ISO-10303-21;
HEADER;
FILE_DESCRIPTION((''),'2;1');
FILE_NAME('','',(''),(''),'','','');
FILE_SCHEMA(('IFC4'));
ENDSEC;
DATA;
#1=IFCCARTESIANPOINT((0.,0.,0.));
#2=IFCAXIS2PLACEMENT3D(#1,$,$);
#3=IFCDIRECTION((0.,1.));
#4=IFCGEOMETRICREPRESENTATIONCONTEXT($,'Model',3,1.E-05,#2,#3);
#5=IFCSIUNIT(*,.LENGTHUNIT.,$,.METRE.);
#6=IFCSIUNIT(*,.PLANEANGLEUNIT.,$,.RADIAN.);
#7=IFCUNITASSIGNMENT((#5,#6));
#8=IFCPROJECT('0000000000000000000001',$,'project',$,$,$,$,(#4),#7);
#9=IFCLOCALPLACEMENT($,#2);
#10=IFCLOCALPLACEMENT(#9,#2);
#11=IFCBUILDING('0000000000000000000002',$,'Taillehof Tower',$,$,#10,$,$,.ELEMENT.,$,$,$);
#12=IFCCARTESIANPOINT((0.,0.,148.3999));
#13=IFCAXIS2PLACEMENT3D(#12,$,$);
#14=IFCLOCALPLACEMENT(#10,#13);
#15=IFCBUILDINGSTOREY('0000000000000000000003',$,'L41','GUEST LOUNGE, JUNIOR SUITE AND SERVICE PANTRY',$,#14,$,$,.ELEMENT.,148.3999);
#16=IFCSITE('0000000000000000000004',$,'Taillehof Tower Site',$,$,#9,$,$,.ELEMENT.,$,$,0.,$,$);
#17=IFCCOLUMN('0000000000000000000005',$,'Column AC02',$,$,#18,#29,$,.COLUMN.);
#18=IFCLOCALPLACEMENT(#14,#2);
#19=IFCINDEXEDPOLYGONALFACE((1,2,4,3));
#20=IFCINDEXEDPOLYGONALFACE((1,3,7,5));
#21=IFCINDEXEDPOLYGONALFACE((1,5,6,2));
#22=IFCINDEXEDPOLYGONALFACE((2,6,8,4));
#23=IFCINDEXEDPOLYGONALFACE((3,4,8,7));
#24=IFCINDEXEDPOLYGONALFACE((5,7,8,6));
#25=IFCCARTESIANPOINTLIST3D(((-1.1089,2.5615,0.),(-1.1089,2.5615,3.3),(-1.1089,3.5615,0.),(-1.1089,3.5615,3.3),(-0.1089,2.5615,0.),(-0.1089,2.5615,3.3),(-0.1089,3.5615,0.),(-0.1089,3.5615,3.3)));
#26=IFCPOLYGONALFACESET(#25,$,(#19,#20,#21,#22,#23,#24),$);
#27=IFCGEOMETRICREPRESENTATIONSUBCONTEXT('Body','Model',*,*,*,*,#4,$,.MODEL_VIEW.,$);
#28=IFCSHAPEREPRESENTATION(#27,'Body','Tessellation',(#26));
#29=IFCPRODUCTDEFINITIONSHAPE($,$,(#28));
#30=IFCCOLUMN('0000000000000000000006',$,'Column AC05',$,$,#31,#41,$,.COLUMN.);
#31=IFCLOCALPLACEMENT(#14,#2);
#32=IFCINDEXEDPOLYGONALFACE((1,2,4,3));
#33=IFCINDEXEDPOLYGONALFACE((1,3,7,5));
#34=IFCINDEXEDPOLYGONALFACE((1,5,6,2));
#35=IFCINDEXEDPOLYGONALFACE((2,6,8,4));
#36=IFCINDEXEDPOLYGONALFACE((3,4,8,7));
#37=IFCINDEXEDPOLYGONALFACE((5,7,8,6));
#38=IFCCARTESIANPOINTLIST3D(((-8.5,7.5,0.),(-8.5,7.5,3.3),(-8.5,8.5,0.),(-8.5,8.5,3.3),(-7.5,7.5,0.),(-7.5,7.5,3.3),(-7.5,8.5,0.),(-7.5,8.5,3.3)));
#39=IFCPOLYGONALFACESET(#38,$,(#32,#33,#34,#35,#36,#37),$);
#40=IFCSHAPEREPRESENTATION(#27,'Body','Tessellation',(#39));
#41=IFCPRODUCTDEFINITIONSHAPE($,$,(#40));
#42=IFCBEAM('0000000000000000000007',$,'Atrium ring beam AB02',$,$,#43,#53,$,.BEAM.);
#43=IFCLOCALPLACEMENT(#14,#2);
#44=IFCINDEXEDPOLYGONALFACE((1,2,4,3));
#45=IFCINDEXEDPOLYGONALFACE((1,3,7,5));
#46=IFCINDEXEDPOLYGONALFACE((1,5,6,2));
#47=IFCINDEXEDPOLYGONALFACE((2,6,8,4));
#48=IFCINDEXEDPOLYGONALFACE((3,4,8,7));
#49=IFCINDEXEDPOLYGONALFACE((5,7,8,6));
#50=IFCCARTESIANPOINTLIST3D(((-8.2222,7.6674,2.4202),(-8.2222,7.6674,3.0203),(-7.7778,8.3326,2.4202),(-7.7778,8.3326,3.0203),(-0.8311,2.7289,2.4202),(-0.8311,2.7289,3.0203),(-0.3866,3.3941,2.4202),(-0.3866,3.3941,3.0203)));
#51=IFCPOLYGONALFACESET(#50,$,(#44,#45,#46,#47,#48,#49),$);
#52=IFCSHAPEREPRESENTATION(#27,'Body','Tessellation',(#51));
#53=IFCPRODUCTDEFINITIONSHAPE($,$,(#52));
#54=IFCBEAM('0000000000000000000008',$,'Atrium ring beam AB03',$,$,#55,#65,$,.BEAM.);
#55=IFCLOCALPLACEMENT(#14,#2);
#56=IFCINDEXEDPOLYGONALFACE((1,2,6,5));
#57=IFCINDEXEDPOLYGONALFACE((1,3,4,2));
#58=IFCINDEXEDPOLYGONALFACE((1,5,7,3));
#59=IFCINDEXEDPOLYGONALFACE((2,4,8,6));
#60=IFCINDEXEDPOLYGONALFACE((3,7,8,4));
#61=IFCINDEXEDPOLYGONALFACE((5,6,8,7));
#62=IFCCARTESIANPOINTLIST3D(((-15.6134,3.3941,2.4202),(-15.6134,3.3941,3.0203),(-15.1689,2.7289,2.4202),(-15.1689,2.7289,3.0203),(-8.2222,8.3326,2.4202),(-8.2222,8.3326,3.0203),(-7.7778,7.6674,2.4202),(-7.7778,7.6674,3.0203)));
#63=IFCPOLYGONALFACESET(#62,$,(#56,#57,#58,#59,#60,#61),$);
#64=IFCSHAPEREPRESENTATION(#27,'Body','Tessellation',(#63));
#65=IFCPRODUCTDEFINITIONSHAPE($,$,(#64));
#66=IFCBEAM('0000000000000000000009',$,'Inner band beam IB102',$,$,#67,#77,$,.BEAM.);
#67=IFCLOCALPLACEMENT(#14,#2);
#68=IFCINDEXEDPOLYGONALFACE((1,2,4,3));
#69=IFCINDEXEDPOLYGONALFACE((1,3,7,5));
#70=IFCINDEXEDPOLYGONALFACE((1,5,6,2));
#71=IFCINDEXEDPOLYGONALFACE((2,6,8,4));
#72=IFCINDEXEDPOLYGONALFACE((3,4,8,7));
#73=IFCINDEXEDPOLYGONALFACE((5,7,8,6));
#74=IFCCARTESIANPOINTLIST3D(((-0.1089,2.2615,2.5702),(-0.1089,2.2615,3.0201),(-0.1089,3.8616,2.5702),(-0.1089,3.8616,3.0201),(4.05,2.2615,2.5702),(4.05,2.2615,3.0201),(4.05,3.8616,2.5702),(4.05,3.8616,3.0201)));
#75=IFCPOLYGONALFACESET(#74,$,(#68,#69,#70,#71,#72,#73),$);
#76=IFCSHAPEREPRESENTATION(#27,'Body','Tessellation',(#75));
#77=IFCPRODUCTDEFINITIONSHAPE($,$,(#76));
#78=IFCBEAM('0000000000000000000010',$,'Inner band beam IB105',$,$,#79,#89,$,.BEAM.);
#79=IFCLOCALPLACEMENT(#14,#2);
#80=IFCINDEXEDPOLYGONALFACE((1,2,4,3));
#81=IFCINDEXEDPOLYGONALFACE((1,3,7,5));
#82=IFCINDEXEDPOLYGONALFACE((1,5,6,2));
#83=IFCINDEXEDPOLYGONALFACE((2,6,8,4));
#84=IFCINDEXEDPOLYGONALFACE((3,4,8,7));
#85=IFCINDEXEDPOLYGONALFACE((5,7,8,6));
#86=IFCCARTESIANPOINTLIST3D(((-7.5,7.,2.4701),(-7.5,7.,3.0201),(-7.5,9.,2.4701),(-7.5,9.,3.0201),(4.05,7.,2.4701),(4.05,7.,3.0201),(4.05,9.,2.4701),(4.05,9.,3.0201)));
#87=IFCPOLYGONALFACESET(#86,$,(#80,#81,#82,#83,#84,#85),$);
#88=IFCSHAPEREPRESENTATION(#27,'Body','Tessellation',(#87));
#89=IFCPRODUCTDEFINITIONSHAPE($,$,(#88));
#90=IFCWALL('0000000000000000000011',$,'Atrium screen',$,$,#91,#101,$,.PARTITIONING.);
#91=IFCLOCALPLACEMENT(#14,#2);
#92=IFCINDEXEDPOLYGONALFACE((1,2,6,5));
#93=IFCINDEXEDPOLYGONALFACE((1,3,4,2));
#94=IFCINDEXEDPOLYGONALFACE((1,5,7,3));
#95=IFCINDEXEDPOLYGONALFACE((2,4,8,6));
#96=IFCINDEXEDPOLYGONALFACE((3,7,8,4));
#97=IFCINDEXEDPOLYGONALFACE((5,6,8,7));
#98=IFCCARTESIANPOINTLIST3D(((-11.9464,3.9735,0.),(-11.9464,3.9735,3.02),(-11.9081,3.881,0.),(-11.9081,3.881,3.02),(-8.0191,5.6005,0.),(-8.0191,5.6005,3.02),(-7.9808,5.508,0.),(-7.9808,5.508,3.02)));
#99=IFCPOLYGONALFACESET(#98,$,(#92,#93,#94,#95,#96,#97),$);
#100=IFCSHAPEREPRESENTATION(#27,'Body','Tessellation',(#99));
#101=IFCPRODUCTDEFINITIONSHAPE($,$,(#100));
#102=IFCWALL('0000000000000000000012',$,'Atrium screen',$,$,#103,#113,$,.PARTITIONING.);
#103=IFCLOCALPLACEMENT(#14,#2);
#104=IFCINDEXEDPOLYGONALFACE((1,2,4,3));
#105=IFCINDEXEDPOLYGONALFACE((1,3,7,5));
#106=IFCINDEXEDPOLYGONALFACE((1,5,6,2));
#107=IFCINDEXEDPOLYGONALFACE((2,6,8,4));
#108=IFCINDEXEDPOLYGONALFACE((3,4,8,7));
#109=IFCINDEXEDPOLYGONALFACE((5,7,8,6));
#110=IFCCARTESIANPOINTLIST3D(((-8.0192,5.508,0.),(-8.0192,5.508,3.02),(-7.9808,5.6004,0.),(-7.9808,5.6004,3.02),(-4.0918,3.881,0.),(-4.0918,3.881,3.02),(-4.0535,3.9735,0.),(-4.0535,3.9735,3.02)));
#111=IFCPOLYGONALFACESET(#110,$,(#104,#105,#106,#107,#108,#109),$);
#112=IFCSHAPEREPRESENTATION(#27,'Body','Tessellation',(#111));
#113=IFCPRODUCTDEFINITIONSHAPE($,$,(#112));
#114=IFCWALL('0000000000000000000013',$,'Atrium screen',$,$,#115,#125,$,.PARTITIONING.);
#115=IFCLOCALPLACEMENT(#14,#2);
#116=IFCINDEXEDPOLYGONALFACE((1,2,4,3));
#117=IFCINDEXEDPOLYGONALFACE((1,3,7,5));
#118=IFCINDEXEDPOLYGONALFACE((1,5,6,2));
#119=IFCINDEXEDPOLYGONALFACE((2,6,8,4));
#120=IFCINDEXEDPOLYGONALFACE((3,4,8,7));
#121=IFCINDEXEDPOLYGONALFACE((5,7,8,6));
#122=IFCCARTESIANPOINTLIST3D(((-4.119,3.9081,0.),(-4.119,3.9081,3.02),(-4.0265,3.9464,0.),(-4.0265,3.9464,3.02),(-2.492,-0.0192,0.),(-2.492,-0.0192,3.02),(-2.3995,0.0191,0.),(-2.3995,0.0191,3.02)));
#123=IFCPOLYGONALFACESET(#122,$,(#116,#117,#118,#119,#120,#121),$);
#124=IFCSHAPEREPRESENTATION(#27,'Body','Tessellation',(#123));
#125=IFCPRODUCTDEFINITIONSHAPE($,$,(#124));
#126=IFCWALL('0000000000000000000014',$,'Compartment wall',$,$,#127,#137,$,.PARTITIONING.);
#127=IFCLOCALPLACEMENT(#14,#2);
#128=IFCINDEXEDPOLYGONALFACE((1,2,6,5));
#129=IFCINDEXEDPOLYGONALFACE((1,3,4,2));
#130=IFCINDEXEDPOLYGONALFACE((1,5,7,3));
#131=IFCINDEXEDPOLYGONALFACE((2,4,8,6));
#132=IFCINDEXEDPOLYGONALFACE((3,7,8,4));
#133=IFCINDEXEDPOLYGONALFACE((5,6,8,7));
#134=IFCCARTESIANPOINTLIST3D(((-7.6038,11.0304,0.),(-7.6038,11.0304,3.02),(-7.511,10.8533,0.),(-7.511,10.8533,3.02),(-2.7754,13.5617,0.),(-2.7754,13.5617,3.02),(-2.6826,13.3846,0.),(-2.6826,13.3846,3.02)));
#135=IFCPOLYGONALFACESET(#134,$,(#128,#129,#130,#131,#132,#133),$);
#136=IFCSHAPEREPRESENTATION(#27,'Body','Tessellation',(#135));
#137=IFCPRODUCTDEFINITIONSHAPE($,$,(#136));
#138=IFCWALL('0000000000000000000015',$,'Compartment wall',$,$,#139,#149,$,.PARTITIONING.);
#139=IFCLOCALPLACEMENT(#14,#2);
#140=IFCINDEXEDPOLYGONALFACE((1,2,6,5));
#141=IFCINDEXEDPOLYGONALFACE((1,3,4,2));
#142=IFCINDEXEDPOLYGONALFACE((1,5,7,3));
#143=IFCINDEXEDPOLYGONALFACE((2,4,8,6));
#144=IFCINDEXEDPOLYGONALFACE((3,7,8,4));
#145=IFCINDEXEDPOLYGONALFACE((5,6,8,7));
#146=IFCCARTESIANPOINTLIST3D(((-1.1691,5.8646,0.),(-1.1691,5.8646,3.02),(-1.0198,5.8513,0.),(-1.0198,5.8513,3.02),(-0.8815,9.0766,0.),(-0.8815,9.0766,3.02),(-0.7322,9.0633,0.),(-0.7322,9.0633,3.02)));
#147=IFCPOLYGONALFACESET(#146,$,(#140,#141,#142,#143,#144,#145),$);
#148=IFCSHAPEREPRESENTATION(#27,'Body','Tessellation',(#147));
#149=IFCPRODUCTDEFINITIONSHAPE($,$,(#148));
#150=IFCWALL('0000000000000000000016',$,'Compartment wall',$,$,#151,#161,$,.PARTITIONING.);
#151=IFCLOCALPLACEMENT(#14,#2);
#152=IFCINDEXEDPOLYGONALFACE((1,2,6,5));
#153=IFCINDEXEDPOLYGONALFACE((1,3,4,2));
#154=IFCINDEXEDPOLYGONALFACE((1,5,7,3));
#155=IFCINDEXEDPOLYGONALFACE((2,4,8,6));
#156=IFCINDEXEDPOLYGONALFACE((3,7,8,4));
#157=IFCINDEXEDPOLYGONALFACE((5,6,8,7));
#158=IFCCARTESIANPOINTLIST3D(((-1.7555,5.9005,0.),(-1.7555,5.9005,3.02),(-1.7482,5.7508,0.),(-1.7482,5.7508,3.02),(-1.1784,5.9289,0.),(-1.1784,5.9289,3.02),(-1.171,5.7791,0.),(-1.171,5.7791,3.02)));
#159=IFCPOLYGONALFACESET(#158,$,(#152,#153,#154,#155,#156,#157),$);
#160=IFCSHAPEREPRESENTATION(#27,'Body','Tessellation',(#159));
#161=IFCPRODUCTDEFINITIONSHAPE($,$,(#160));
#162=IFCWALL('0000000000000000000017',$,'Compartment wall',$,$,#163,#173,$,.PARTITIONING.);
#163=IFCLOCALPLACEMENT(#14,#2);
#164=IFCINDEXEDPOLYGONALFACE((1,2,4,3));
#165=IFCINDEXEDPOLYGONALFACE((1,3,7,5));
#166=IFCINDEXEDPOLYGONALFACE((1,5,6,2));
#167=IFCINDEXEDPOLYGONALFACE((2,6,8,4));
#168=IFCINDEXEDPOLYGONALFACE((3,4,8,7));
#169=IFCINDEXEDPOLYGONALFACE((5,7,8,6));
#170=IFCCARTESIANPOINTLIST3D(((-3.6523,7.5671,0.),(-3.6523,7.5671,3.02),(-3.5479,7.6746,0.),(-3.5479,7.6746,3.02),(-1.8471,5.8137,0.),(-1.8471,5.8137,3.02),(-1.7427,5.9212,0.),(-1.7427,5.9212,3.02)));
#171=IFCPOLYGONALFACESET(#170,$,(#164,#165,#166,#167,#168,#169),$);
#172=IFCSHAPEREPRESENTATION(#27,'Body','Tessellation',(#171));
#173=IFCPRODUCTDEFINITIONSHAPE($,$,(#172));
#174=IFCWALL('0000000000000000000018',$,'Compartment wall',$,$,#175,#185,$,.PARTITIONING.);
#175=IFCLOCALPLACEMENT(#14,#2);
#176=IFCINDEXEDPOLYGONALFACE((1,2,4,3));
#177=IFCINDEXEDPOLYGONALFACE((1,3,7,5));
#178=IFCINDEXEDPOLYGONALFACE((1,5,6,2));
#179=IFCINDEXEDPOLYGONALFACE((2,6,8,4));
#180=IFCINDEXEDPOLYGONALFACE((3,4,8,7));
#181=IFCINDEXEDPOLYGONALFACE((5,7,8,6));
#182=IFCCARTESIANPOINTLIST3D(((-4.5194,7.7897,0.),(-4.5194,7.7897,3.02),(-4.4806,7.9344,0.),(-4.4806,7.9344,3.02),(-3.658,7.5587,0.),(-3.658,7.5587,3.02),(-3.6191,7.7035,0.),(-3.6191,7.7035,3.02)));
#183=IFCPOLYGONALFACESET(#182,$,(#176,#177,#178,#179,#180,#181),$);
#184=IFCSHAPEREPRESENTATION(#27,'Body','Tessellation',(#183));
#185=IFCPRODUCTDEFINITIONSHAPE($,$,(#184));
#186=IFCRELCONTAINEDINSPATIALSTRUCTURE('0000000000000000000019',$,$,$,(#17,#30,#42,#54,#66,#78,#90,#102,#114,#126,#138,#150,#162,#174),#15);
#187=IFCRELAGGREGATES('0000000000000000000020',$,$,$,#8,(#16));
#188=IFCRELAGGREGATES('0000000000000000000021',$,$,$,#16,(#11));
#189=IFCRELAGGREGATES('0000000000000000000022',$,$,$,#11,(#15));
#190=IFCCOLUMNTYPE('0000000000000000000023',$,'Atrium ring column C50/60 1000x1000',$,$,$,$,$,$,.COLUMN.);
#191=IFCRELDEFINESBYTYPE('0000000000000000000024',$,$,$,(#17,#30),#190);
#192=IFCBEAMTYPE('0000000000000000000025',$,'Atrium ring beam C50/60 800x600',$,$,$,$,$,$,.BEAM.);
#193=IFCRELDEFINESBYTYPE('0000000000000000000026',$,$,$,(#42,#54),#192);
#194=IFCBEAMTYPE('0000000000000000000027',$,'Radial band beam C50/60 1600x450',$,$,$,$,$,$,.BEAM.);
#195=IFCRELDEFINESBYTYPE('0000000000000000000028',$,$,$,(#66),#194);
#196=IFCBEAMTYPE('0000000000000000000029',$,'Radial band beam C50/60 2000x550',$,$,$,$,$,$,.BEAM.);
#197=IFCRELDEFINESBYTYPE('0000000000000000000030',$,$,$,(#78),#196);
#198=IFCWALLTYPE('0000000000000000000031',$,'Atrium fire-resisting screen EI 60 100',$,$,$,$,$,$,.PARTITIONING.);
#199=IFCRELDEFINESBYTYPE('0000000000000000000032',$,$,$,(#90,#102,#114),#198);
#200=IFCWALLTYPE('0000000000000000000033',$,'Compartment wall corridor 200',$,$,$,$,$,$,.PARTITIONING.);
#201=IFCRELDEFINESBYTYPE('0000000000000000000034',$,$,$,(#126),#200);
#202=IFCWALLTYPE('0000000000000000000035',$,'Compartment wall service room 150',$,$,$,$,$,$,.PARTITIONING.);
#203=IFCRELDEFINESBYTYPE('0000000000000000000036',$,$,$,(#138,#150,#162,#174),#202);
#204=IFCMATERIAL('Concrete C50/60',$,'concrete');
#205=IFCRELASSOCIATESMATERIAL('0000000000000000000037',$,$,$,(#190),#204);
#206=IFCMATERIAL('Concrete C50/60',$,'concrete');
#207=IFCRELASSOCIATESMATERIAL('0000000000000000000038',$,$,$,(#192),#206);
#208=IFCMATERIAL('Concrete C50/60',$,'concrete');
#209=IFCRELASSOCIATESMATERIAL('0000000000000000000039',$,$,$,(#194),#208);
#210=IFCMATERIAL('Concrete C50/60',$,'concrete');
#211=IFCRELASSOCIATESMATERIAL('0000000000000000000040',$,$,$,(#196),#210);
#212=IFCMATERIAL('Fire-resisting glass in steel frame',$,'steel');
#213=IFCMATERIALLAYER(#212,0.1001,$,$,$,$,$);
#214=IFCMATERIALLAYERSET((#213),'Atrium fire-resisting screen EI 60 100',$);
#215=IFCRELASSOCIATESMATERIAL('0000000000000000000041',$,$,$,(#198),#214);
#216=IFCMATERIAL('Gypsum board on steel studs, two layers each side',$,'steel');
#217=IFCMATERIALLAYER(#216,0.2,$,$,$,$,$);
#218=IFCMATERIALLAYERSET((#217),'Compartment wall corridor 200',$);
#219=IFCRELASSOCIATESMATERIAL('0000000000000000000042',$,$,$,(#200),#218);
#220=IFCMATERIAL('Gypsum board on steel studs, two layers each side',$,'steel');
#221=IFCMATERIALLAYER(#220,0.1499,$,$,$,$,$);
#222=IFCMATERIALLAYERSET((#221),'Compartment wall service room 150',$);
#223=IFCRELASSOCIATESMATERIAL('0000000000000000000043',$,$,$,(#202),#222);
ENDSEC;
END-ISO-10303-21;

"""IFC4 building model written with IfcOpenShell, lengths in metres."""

from ifc_helpers import new_model, si_unit, direction, frame, frame_2d, origin, origin_2d, place, context, subcontext, project, spatial, rectangle, extrude, material, layer, layer_set, material_profile, profile_set, type_object, element, save


model = new_model("IFC4")

# Units and contexts
model_context = context("Model", 3, precision=1e-05, world=origin(), true_north=direction((0.0, 1.0)))
body_context = subcontext(model_context, "Body", "Model", "MODEL_VIEW")
ifc_project = project(units=[si_unit("LENGTHUNIT", "METRE"), si_unit("PLANEANGLEUNIT", "RADIAN")], contexts=[model_context])

# Site, building, storey
site_placement = place(None, origin())
site = spatial("IfcSite", under=ifc_project, at=site_placement, Name="Taillehof Tower Site", CompositionType="ELEMENT", RefElevation=0.0)
building_placement = place(site_placement, origin())
building = spatial("IfcBuilding", under=site, at=building_placement, Name="Taillehof Tower", CompositionType="ELEMENT")
storey_placement = place(building_placement, frame((0.0, 0.0, 148.3999)))
storey = spatial("IfcBuildingStorey", under=building, at=storey_placement, Name="L41", Description="GUEST LOUNGE, JUNIOR SUITE AND SERVICE PANTRY", CompositionType="ELEMENT", Elevation=148.3999)

# Columns
ifc_material_1 = material(Name="Concrete C50/60", Category="concrete")
ifc_material_profile_1 = material_profile(ifc_material_1, rectangle(XDim=1.0, YDim=1.0, at=origin_2d()), Name="RC 1000x1000")
ifc_profile_set_1 = profile_set([ifc_material_profile_1], Name="Concrete C50/60")
column_type = type_object("IfcColumnType", Name="Atrium ring column C50/60 1000x1000", PredefinedType="COLUMN", material=ifc_profile_set_1)
for number, where, z_axis, x_axis, name in (
    (1, (-0.6089, 3.0615, 0.0), (0.0, 0.0, 1.0), (1.0, 0.0, 0.0), "Column AC02"),
    (2, (-8.0, 8.0, 0.0), (0.0, 0.0, 1.0), (1.0, 0.0, 0.0), "Column AC05"),
):
    element("IfcColumn", number, at=place(storey_placement, frame(where, z_axis=z_axis, x_axis=x_axis)), inside=storey, type_object=column_type, Name=name, PredefinedType="COLUMN", context=body_context, shape_type="SweptSolid", body=[
        extrude(rectangle(XDim=1.0, YDim=1.0, at=origin_2d()), origin(), (0.0, 0.0, 1.0), 3.3),
    ])

# Beams
ifc_material_2 = material(Name="Concrete C50/60", Category="concrete")
ifc_material_profile_2 = material_profile(ifc_material_2, rectangle(XDim=0.8, YDim=0.6001, at=origin_2d()), Name="RC 800x600")
ifc_profile_set_2 = profile_set([ifc_material_profile_2], Name="Concrete C50/60")
beam_type_1 = type_object("IfcBeamType", Name="Atrium ring beam C50/60 800x600", PredefinedType="BEAM", material=ifc_profile_set_2)
for number, where, z_axis, x_axis, name in (
    (3, (-0.6089, 3.0615, 2.7202), (-0.831475, 0.555562, 0.0), (-0.555562, -0.831475, 0.0), "Atrium ring beam AB02"),
    (4, (-8.0, 8.0, 2.7202), (-0.831475, -0.555562, 0.0), (0.555562, -0.831475, 0.0), "Atrium ring beam AB03"),
):
    element("IfcBeam", number, at=place(storey_placement, frame(where, z_axis=z_axis, x_axis=x_axis)), inside=storey, type_object=beam_type_1, Name=name, PredefinedType="BEAM", context=body_context, shape_type="SweptSolid", body=[
        extrude(rectangle(XDim=0.8, YDim=0.6001, at=origin_2d()), origin(), (0.0, 0.0, 1.0), 8.8892),
    ])
ifc_material_3 = material(Name="Concrete C50/60", Category="concrete")
ifc_material_profile_3 = material_profile(ifc_material_3, rectangle(XDim=1.6001, YDim=0.45, at=origin_2d()), Name="RC 1600x450")
ifc_profile_set_3 = profile_set([ifc_material_profile_3], Name="Concrete C50/60")
beam_type_2 = type_object("IfcBeamType", Name="Radial band beam C50/60 1600x450", PredefinedType="BEAM", material=ifc_profile_set_3)
beam_1_placement = place(storey_placement, frame((-0.1089, 3.0615, 2.7952), z_axis=(1.0, 0.0, 0.0), x_axis=(0.0, 1.0, 0.0)))
element("IfcBeam", 5, at=beam_1_placement, inside=storey, type_object=beam_type_2, Name="Inner band beam IB102", PredefinedType="BEAM", context=body_context, shape_type="SweptSolid", body=[
    extrude(rectangle(XDim=1.6001, YDim=0.45, at=origin_2d()), origin(), (0.0, 0.0, 1.0), 4.1589),
])
ifc_material_4 = material(Name="Concrete C50/60", Category="concrete")
ifc_material_profile_4 = material_profile(ifc_material_4, rectangle(XDim=2.0, YDim=0.55, at=origin_2d()), Name="RC 2000x550")
ifc_profile_set_4 = profile_set([ifc_material_profile_4], Name="Concrete C50/60")
beam_type_3 = type_object("IfcBeamType", Name="Radial band beam C50/60 2000x550", PredefinedType="BEAM", material=ifc_profile_set_4)
beam_2_placement = place(storey_placement, frame((-7.5, 8.0, 2.7451), z_axis=(1.0, 0.0, 0.0), x_axis=(0.0, 1.0, 0.0)))
element("IfcBeam", 6, at=beam_2_placement, inside=storey, type_object=beam_type_3, Name="Inner band beam IB105", PredefinedType="BEAM", context=body_context, shape_type="SweptSolid", body=[
    extrude(rectangle(XDim=2.0, YDim=0.55, at=origin_2d()), origin(), (0.0, 0.0, 1.0), 11.55),
])

# Walls
ifc_material_5 = material(Name="Fire-resisting glass in steel frame", Category="steel")
ifc_layer_1 = layer(ifc_material_5, 0.1001)
ifc_layer_set_1 = layer_set([ifc_layer_1], Name="Atrium fire-resisting screen EI 60 100")
wall_type_1 = type_object("IfcWallType", Name="Atrium fire-resisting screen EI 60 100", PredefinedType="PARTITIONING", material=ifc_layer_set_1)
for number, where, z_axis, x_axis, name in (
    (7, (-11.9272, 3.9272, 0.0), (0.0, 0.0, 1.0), (0.92386, 0.382731, 0.0), "Atrium screen"),
    (8, (-8.0, 5.5542, 0.0), (0.0, 0.0, 1.0), (0.92386, -0.382731, 0.0), "Atrium screen"),
    (9, (-4.0728, 3.9272, 0.0), (0.0, 0.0, 1.0), (0.382731, -0.92386, 0.0), "Atrium screen"),
):
    element("IfcWall", number, at=place(storey_placement, frame(where, z_axis=z_axis, x_axis=x_axis)), inside=storey, type_object=wall_type_1, Name=name, PredefinedType="PARTITIONING", context=body_context, shape_type="SweptSolid", body=[
        extrude(rectangle(XDim=4.251, YDim=0.1001, at=frame_2d((2.1255, 0.0))), origin(), (0.0, 0.0, 1.0), 3.02),
    ])
ifc_material_6 = material(Name="Gypsum board on steel studs, two layers each side", Category="steel")
ifc_layer_2 = layer(ifc_material_6, 0.2)
ifc_layer_set_2 = layer_set([ifc_layer_2], Name="Compartment wall corridor 200")
wall_type_2 = type_object("IfcWallType", Name="Compartment wall corridor 200", PredefinedType="PARTITIONING", material=ifc_layer_set_2)
wall_1_placement = place(storey_placement, frame((-7.5574, 10.9419, 0.0), z_axis=(0.0, 0.0, 1.0), x_axis=(0.885673, 0.46431, 0.0)))
element("IfcWall", 10, at=wall_1_placement, inside=storey, type_object=wall_type_2, Name="Compartment wall", PredefinedType="PARTITIONING", context=body_context, shape_type="SweptSolid", body=[
    extrude(rectangle(XDim=5.4517, YDim=0.2, at=frame_2d((2.7258, 0.0))), origin(), (0.0, 0.0, 1.0), 3.02),
])
ifc_material_7 = material(Name="Gypsum board on steel studs, two layers each side", Category="steel")
ifc_layer_3 = layer(ifc_material_7, 0.1499)
ifc_layer_set_3 = layer_set([ifc_layer_3], Name="Compartment wall service room 150")
wall_type_3 = type_object("IfcWallType", Name="Compartment wall service room 150", PredefinedType="PARTITIONING", material=ifc_layer_set_3)
wall_2_placement = place(storey_placement, frame((-0.8069, 9.0698, 0.0), z_axis=(0.0, 0.0, 1.0), x_axis=(-0.089184, -0.996015, 0.0)))
element("IfcWall", 11, at=wall_2_placement, inside=storey, type_object=wall_type_3, Name="Compartment wall", PredefinedType="PARTITIONING", context=body_context, shape_type="SweptSolid", body=[
    extrude(rectangle(XDim=3.2249, YDim=0.1499, at=frame_2d((1.6123, 0.0))), origin(), (0.0, 0.0, 1.0), 3.02),
])
wall_3_placement = place(storey_placement, frame((-1.1746, 5.854, 0.0), z_axis=(0.0, 0.0, 1.0), x_axis=(-0.998798, -0.04901, 0.0)))
element("IfcWall", 12, at=wall_3_placement, inside=storey, type_object=wall_type_3, Name="Compartment wall", PredefinedType="PARTITIONING", context=body_context, shape_type="SweptSolid", body=[
    extrude(rectangle(XDim=0.5779, YDim=0.1499, at=frame_2d((0.2891, 0.0))), origin(), (0.0, 0.0, 1.0), 3.02),
])
wall_4_placement = place(storey_placement, frame((-1.7949, 5.8674, 0.0), z_axis=(0.0, 0.0, 1.0), x_axis=(-0.717315, 0.696749, 0.0)))
element("IfcWall", 13, at=wall_4_placement, inside=storey, type_object=wall_type_3, Name="Compartment wall", PredefinedType="PARTITIONING", context=body_context, shape_type="SweptSolid", body=[
    extrude(rectangle(XDim=2.5166, YDim=0.1499, at=frame_2d((1.2583, 0.0))), origin(), (0.0, 0.0, 1.0), 3.02),
])
wall_5_placement = place(storey_placement, frame((-3.6387, 7.6311, 0.0), z_axis=(0.0, 0.0, 1.0), x_axis=(-0.96588, 0.258992, 0.0)))
element("IfcWall", 14, at=wall_5_placement, inside=storey, type_object=wall_type_3, Name="Compartment wall", PredefinedType="PARTITIONING", context=body_context, shape_type="SweptSolid", body=[
    extrude(rectangle(XDim=0.8918, YDim=0.1499, at=frame_2d((0.4458, 0.0))), origin(), (0.0, 0.0, 1.0), 3.02),
])

save(model, "model.ifc")
